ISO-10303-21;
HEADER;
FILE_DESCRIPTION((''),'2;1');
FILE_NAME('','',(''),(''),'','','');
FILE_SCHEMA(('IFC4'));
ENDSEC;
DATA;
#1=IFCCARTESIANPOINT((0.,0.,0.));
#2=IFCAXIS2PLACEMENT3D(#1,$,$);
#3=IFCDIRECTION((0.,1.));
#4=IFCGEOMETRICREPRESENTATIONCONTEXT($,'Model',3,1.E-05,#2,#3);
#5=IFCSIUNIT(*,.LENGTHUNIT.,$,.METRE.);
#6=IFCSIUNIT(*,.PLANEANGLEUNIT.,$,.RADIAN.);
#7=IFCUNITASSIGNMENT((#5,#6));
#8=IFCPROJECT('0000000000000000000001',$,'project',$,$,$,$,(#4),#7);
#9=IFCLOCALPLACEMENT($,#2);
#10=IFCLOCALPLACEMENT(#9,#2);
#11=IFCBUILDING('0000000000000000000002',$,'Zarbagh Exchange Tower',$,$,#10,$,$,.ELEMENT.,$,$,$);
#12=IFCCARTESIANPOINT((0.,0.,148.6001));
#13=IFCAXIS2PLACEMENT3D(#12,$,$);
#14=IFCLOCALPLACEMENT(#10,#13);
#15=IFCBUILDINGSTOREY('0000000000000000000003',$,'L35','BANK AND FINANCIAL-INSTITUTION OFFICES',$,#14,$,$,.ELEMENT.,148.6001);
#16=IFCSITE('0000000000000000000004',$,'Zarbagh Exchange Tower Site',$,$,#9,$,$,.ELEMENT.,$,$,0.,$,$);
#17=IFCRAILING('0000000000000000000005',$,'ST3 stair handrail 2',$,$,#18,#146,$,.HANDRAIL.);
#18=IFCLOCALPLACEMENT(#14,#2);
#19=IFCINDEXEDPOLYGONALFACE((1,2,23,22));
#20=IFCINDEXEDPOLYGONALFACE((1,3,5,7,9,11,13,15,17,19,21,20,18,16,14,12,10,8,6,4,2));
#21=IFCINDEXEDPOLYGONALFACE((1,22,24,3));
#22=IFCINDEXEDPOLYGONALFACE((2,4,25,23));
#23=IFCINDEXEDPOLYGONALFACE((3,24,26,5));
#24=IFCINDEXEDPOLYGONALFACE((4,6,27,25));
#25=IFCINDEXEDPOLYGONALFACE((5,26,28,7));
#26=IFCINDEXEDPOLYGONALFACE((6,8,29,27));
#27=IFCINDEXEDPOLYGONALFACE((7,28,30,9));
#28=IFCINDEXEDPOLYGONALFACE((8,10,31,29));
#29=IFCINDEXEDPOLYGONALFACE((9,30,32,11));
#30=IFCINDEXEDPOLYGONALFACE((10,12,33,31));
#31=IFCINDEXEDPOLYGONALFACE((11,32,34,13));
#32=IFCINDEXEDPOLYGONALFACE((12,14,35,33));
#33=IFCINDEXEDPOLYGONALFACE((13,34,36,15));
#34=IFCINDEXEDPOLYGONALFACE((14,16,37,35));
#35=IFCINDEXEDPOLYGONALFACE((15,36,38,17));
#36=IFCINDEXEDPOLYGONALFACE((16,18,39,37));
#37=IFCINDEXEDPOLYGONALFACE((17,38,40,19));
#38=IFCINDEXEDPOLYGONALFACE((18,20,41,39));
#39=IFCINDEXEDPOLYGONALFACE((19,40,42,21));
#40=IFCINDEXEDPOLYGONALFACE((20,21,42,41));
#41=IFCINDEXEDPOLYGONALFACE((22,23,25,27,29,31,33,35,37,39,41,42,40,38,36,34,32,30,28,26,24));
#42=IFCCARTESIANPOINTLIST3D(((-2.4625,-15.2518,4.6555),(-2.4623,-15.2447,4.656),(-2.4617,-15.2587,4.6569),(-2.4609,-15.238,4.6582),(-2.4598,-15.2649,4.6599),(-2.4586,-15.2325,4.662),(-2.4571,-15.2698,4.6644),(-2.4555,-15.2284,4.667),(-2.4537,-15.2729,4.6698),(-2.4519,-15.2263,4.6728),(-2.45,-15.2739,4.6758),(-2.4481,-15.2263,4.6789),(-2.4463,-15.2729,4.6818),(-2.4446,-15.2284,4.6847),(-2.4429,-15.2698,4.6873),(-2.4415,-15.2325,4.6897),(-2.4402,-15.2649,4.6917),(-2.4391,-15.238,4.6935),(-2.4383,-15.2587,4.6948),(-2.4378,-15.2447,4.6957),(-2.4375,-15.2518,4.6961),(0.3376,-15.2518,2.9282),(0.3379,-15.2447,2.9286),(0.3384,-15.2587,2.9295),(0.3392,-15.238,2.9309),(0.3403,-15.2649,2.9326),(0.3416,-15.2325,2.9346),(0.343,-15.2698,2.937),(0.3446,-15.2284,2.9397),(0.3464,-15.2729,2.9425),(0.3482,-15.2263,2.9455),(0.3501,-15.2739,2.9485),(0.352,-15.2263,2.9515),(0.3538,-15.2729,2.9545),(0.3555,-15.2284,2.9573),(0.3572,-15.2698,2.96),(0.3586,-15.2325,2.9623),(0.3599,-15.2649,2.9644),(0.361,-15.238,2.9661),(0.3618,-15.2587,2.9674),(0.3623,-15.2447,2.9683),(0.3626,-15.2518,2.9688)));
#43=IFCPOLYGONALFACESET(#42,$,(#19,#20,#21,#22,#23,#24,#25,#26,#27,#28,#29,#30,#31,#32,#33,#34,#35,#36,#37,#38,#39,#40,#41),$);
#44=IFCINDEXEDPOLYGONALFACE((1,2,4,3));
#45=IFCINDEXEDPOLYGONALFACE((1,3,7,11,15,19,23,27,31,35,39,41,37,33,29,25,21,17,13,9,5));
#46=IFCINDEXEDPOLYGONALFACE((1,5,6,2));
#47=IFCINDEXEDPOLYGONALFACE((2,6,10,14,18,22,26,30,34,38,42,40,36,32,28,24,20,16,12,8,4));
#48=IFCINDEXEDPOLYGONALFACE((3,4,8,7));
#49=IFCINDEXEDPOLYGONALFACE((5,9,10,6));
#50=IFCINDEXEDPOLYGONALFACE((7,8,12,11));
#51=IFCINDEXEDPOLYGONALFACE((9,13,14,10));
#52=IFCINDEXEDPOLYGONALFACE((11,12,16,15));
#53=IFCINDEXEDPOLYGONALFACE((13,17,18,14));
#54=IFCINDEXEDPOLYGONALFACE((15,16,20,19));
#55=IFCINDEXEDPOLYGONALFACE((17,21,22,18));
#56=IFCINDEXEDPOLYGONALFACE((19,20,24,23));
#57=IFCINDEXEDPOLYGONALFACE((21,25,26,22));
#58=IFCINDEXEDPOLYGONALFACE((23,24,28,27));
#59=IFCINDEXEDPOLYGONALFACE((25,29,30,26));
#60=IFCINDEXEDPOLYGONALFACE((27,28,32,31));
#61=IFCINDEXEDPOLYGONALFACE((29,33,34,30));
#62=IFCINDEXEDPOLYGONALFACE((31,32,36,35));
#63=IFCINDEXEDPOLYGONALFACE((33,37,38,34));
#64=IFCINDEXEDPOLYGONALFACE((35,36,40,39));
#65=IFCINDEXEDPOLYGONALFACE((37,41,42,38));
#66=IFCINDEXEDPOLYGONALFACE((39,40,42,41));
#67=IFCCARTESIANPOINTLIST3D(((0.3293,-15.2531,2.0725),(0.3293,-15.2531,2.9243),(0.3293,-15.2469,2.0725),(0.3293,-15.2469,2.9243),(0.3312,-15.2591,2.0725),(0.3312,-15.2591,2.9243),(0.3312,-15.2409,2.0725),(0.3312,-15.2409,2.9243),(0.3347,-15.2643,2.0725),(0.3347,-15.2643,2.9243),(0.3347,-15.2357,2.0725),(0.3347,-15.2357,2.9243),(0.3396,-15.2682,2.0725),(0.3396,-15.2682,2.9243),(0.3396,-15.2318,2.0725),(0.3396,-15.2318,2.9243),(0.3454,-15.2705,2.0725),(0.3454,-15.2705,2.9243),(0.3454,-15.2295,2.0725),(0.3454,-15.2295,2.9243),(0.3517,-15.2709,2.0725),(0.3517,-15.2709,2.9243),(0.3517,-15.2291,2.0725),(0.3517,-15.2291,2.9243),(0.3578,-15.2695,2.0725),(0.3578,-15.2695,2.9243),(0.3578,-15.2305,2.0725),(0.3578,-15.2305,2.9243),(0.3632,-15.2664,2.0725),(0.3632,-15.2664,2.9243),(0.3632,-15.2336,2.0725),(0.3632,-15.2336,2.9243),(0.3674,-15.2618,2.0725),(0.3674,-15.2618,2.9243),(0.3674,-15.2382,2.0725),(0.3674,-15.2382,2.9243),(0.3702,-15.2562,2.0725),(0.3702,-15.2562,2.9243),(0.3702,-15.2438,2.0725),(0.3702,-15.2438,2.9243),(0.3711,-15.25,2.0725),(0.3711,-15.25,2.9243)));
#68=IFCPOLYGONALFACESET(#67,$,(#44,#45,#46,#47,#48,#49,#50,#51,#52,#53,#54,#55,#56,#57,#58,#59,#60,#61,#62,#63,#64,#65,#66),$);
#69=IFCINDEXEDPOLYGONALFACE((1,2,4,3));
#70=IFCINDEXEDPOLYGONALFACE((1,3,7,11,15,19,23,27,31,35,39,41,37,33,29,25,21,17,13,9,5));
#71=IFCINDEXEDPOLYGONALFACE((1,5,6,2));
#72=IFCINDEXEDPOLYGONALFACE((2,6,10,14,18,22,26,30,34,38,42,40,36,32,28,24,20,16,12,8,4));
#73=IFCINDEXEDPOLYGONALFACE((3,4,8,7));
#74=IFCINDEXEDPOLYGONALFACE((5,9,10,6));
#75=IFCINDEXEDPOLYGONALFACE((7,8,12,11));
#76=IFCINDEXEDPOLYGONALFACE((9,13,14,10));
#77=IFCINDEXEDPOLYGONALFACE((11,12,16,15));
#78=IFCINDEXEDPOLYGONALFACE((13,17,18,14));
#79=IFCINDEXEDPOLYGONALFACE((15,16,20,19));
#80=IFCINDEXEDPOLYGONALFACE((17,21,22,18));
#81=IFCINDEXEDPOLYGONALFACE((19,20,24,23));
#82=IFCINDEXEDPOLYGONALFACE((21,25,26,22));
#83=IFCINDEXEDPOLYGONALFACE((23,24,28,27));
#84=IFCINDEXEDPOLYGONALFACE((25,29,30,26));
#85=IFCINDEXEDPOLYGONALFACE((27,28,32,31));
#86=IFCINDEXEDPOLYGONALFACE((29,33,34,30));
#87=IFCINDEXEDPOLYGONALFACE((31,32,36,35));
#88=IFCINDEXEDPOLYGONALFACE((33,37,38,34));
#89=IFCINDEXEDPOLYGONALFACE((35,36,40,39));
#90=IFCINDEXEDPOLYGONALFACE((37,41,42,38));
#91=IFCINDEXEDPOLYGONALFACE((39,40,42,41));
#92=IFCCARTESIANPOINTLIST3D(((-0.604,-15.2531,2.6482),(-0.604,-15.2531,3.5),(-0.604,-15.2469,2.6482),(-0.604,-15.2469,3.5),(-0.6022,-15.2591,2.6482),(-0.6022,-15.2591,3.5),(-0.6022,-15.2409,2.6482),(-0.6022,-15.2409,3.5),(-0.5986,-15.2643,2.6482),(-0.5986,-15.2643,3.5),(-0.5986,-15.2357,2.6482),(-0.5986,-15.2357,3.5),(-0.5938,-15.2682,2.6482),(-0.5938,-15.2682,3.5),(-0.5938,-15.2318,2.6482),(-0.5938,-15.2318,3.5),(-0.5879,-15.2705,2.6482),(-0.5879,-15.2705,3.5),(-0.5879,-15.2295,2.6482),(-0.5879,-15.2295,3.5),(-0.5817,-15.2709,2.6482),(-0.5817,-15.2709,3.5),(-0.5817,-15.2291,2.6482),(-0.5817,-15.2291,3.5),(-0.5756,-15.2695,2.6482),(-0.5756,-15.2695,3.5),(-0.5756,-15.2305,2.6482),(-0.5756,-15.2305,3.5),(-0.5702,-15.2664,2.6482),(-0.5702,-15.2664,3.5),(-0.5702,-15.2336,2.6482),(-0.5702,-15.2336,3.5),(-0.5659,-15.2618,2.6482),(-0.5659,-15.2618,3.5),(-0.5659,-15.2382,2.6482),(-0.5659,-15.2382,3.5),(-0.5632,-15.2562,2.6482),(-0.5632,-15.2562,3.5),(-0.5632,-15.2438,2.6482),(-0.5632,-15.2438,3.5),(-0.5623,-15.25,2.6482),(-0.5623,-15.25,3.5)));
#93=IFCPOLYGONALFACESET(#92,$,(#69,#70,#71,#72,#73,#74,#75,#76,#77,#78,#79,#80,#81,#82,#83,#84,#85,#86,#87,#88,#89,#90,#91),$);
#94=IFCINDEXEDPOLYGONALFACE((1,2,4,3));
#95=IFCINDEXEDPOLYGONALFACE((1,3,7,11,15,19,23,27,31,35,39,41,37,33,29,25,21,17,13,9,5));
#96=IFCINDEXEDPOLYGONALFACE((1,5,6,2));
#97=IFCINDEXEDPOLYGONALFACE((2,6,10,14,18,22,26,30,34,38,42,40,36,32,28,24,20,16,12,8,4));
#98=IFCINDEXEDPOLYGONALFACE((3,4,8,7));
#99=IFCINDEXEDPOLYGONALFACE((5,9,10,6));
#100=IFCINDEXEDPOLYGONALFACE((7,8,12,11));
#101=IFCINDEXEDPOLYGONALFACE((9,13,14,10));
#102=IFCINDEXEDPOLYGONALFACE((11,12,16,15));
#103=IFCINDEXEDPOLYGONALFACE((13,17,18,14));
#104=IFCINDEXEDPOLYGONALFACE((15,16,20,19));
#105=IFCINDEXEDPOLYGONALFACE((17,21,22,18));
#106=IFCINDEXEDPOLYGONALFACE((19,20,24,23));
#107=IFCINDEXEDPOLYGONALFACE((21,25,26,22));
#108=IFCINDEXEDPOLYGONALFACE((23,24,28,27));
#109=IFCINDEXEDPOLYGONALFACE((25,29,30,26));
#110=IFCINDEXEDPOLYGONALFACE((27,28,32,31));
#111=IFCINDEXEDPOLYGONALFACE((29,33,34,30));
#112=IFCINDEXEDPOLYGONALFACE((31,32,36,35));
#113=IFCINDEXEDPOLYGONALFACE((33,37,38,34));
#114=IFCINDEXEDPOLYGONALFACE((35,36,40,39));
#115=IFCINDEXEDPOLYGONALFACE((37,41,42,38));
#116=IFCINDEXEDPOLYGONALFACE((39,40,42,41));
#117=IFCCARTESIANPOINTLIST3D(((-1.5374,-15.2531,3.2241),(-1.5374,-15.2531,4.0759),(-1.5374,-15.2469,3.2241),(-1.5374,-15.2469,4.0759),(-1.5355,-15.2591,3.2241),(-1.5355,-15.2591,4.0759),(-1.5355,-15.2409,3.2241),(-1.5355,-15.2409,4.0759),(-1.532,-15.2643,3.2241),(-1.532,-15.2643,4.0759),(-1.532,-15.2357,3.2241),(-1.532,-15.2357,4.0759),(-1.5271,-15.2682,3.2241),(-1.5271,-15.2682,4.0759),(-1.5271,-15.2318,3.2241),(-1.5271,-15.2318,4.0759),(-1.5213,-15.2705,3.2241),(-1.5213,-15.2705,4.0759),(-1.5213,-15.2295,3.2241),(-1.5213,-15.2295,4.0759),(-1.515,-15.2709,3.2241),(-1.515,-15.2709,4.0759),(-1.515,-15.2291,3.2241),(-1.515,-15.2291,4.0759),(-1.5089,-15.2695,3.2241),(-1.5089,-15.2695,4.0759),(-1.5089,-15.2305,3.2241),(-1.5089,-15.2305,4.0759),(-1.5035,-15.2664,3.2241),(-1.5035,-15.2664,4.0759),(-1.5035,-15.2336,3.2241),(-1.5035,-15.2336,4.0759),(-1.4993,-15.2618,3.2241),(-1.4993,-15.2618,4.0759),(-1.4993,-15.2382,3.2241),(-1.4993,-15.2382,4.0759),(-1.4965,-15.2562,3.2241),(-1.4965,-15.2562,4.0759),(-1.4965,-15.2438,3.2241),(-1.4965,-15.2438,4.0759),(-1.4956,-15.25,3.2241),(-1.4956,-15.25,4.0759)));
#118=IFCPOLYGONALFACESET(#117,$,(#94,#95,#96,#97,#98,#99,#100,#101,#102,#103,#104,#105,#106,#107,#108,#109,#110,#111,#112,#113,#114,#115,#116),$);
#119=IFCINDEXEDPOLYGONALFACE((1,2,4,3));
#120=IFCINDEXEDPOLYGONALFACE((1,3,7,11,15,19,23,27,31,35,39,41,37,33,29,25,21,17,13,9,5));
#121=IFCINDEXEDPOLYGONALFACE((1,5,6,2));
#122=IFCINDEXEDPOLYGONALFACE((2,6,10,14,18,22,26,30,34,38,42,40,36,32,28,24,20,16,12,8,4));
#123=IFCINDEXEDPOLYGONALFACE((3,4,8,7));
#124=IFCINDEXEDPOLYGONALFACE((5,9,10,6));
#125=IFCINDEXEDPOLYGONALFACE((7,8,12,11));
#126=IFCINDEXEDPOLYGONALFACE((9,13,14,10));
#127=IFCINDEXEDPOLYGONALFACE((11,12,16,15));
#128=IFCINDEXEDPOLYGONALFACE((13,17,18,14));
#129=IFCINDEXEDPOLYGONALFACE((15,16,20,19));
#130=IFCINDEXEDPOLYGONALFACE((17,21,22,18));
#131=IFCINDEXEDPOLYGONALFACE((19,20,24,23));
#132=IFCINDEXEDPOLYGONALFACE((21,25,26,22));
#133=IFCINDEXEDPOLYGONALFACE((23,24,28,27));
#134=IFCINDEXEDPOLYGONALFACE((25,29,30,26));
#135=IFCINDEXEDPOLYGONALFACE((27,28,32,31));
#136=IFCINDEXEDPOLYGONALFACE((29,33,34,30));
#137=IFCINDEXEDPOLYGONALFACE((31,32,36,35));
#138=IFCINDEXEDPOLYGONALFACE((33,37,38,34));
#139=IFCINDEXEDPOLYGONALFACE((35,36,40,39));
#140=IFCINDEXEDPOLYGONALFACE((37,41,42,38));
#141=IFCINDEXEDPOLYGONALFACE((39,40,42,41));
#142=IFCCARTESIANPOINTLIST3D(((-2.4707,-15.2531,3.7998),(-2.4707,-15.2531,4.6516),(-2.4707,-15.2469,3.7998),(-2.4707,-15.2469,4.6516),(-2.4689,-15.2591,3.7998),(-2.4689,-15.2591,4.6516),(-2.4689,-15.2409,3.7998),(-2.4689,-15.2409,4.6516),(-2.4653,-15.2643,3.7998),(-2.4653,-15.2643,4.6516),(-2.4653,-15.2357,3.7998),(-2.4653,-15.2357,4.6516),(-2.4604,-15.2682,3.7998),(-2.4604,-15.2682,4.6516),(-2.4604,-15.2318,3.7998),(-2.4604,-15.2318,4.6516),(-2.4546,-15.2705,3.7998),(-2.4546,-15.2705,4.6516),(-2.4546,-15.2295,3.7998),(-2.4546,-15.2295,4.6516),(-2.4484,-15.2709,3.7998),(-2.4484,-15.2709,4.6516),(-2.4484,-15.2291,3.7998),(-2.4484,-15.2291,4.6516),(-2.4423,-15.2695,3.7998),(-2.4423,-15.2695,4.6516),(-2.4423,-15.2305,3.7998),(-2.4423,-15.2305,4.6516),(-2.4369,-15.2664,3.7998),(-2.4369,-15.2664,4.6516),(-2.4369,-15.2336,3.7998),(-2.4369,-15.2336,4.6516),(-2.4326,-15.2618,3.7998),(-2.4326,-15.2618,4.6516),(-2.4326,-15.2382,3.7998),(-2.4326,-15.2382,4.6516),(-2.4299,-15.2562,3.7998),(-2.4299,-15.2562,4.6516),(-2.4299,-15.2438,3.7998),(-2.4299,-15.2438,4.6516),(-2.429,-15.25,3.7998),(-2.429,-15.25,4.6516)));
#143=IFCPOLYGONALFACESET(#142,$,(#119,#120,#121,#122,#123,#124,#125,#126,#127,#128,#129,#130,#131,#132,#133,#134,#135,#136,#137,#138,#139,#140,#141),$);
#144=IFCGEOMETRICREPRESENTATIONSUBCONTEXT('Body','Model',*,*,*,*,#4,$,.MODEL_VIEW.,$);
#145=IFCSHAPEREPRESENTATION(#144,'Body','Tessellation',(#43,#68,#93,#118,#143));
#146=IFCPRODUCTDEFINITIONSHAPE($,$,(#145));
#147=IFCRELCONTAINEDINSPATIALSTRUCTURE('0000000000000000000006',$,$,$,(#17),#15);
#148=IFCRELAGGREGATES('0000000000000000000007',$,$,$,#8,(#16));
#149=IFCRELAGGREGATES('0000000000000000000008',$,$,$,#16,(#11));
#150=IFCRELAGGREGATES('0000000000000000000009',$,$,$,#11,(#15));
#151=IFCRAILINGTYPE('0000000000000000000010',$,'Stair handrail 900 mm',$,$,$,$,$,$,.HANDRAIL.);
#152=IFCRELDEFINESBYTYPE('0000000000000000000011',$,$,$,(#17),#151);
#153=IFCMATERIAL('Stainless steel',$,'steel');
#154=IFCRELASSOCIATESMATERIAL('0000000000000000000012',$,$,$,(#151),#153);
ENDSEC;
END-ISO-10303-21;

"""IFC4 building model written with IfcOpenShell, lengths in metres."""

from ifc_helpers import new_model, si_unit, direction, frame, origin, origin_2d, place, context, subcontext, project, spatial, circle, extrude, material, type_object, element, save


model = new_model("IFC4")

# Units and contexts
model_context = context("Model", 3, precision=1e-05, world=origin(), true_north=direction((0.0, 1.0)))
body_context = subcontext(model_context, "Body", "Model", "MODEL_VIEW")
ifc_project = project(units=[si_unit("LENGTHUNIT", "METRE"), si_unit("PLANEANGLEUNIT", "RADIAN")], contexts=[model_context])

# Site, building, storey
site_placement = place(None, origin())
site = spatial("IfcSite", under=ifc_project, at=site_placement, Name="Zarbagh Exchange Tower Site", CompositionType="ELEMENT", RefElevation=0.0)
building_placement = place(site_placement, origin())
building = spatial("IfcBuilding", under=site, at=building_placement, Name="Zarbagh Exchange Tower", CompositionType="ELEMENT")
storey_placement = place(building_placement, frame((0.0, 0.0, 148.6001)))
storey = spatial("IfcBuildingStorey", under=building, at=storey_placement, Name="L35", Description="BANK AND FINANCIAL-INSTITUTION OFFICES", CompositionType="ELEMENT", Elevation=148.6001)

# Shared definitions
ifc_material_1 = material(Name="Stainless steel", Category="steel")

# Railing
railing_type_1 = type_object("IfcRailingType", Name="Stair handrail 900 mm", PredefinedType="HANDRAIL", material=ifc_material_1)
for number, where, name in (
    (1, (0.3501, -15.25, 2.0725), "ST3 stair handrail 2"),
):
    element("IfcRailing", number, at=place(storey_placement, frame(where)), inside=storey, type_object=railing_type_1, Name=name, PredefinedType="HANDRAIL", context=body_context, shape_type="SweptSolid", body=[
        extrude(circle(Radius=0.0239, at=origin_2d()), frame((0.0, 0.0, 0.876), z_axis=(-0.85109, 0.0, 0.52502), x_axis=(0.0, -1.0, 0.0)), (0.0, 0.0, 1.0), 3.29),
        extrude(circle(Radius=0.021, at=origin_2d()), origin(), (0.0, 0.0, 1.0), 0.8518),
        extrude(circle(Radius=0.021, at=origin_2d()), frame((-0.9333, 0.0, 0.5757)), (0.0, 0.0, 1.0), 0.8518),
        extrude(circle(Radius=0.021, at=origin_2d()), frame((-1.8667, 0.0, 1.1516)), (0.0, 0.0, 1.0), 0.8518),
        extrude(circle(Radius=0.021, at=origin_2d()), frame((-2.8, 0.0, 1.7273)), (0.0, 0.0, 1.0), 0.8518),
    ])

save(model, "model.ifc")
